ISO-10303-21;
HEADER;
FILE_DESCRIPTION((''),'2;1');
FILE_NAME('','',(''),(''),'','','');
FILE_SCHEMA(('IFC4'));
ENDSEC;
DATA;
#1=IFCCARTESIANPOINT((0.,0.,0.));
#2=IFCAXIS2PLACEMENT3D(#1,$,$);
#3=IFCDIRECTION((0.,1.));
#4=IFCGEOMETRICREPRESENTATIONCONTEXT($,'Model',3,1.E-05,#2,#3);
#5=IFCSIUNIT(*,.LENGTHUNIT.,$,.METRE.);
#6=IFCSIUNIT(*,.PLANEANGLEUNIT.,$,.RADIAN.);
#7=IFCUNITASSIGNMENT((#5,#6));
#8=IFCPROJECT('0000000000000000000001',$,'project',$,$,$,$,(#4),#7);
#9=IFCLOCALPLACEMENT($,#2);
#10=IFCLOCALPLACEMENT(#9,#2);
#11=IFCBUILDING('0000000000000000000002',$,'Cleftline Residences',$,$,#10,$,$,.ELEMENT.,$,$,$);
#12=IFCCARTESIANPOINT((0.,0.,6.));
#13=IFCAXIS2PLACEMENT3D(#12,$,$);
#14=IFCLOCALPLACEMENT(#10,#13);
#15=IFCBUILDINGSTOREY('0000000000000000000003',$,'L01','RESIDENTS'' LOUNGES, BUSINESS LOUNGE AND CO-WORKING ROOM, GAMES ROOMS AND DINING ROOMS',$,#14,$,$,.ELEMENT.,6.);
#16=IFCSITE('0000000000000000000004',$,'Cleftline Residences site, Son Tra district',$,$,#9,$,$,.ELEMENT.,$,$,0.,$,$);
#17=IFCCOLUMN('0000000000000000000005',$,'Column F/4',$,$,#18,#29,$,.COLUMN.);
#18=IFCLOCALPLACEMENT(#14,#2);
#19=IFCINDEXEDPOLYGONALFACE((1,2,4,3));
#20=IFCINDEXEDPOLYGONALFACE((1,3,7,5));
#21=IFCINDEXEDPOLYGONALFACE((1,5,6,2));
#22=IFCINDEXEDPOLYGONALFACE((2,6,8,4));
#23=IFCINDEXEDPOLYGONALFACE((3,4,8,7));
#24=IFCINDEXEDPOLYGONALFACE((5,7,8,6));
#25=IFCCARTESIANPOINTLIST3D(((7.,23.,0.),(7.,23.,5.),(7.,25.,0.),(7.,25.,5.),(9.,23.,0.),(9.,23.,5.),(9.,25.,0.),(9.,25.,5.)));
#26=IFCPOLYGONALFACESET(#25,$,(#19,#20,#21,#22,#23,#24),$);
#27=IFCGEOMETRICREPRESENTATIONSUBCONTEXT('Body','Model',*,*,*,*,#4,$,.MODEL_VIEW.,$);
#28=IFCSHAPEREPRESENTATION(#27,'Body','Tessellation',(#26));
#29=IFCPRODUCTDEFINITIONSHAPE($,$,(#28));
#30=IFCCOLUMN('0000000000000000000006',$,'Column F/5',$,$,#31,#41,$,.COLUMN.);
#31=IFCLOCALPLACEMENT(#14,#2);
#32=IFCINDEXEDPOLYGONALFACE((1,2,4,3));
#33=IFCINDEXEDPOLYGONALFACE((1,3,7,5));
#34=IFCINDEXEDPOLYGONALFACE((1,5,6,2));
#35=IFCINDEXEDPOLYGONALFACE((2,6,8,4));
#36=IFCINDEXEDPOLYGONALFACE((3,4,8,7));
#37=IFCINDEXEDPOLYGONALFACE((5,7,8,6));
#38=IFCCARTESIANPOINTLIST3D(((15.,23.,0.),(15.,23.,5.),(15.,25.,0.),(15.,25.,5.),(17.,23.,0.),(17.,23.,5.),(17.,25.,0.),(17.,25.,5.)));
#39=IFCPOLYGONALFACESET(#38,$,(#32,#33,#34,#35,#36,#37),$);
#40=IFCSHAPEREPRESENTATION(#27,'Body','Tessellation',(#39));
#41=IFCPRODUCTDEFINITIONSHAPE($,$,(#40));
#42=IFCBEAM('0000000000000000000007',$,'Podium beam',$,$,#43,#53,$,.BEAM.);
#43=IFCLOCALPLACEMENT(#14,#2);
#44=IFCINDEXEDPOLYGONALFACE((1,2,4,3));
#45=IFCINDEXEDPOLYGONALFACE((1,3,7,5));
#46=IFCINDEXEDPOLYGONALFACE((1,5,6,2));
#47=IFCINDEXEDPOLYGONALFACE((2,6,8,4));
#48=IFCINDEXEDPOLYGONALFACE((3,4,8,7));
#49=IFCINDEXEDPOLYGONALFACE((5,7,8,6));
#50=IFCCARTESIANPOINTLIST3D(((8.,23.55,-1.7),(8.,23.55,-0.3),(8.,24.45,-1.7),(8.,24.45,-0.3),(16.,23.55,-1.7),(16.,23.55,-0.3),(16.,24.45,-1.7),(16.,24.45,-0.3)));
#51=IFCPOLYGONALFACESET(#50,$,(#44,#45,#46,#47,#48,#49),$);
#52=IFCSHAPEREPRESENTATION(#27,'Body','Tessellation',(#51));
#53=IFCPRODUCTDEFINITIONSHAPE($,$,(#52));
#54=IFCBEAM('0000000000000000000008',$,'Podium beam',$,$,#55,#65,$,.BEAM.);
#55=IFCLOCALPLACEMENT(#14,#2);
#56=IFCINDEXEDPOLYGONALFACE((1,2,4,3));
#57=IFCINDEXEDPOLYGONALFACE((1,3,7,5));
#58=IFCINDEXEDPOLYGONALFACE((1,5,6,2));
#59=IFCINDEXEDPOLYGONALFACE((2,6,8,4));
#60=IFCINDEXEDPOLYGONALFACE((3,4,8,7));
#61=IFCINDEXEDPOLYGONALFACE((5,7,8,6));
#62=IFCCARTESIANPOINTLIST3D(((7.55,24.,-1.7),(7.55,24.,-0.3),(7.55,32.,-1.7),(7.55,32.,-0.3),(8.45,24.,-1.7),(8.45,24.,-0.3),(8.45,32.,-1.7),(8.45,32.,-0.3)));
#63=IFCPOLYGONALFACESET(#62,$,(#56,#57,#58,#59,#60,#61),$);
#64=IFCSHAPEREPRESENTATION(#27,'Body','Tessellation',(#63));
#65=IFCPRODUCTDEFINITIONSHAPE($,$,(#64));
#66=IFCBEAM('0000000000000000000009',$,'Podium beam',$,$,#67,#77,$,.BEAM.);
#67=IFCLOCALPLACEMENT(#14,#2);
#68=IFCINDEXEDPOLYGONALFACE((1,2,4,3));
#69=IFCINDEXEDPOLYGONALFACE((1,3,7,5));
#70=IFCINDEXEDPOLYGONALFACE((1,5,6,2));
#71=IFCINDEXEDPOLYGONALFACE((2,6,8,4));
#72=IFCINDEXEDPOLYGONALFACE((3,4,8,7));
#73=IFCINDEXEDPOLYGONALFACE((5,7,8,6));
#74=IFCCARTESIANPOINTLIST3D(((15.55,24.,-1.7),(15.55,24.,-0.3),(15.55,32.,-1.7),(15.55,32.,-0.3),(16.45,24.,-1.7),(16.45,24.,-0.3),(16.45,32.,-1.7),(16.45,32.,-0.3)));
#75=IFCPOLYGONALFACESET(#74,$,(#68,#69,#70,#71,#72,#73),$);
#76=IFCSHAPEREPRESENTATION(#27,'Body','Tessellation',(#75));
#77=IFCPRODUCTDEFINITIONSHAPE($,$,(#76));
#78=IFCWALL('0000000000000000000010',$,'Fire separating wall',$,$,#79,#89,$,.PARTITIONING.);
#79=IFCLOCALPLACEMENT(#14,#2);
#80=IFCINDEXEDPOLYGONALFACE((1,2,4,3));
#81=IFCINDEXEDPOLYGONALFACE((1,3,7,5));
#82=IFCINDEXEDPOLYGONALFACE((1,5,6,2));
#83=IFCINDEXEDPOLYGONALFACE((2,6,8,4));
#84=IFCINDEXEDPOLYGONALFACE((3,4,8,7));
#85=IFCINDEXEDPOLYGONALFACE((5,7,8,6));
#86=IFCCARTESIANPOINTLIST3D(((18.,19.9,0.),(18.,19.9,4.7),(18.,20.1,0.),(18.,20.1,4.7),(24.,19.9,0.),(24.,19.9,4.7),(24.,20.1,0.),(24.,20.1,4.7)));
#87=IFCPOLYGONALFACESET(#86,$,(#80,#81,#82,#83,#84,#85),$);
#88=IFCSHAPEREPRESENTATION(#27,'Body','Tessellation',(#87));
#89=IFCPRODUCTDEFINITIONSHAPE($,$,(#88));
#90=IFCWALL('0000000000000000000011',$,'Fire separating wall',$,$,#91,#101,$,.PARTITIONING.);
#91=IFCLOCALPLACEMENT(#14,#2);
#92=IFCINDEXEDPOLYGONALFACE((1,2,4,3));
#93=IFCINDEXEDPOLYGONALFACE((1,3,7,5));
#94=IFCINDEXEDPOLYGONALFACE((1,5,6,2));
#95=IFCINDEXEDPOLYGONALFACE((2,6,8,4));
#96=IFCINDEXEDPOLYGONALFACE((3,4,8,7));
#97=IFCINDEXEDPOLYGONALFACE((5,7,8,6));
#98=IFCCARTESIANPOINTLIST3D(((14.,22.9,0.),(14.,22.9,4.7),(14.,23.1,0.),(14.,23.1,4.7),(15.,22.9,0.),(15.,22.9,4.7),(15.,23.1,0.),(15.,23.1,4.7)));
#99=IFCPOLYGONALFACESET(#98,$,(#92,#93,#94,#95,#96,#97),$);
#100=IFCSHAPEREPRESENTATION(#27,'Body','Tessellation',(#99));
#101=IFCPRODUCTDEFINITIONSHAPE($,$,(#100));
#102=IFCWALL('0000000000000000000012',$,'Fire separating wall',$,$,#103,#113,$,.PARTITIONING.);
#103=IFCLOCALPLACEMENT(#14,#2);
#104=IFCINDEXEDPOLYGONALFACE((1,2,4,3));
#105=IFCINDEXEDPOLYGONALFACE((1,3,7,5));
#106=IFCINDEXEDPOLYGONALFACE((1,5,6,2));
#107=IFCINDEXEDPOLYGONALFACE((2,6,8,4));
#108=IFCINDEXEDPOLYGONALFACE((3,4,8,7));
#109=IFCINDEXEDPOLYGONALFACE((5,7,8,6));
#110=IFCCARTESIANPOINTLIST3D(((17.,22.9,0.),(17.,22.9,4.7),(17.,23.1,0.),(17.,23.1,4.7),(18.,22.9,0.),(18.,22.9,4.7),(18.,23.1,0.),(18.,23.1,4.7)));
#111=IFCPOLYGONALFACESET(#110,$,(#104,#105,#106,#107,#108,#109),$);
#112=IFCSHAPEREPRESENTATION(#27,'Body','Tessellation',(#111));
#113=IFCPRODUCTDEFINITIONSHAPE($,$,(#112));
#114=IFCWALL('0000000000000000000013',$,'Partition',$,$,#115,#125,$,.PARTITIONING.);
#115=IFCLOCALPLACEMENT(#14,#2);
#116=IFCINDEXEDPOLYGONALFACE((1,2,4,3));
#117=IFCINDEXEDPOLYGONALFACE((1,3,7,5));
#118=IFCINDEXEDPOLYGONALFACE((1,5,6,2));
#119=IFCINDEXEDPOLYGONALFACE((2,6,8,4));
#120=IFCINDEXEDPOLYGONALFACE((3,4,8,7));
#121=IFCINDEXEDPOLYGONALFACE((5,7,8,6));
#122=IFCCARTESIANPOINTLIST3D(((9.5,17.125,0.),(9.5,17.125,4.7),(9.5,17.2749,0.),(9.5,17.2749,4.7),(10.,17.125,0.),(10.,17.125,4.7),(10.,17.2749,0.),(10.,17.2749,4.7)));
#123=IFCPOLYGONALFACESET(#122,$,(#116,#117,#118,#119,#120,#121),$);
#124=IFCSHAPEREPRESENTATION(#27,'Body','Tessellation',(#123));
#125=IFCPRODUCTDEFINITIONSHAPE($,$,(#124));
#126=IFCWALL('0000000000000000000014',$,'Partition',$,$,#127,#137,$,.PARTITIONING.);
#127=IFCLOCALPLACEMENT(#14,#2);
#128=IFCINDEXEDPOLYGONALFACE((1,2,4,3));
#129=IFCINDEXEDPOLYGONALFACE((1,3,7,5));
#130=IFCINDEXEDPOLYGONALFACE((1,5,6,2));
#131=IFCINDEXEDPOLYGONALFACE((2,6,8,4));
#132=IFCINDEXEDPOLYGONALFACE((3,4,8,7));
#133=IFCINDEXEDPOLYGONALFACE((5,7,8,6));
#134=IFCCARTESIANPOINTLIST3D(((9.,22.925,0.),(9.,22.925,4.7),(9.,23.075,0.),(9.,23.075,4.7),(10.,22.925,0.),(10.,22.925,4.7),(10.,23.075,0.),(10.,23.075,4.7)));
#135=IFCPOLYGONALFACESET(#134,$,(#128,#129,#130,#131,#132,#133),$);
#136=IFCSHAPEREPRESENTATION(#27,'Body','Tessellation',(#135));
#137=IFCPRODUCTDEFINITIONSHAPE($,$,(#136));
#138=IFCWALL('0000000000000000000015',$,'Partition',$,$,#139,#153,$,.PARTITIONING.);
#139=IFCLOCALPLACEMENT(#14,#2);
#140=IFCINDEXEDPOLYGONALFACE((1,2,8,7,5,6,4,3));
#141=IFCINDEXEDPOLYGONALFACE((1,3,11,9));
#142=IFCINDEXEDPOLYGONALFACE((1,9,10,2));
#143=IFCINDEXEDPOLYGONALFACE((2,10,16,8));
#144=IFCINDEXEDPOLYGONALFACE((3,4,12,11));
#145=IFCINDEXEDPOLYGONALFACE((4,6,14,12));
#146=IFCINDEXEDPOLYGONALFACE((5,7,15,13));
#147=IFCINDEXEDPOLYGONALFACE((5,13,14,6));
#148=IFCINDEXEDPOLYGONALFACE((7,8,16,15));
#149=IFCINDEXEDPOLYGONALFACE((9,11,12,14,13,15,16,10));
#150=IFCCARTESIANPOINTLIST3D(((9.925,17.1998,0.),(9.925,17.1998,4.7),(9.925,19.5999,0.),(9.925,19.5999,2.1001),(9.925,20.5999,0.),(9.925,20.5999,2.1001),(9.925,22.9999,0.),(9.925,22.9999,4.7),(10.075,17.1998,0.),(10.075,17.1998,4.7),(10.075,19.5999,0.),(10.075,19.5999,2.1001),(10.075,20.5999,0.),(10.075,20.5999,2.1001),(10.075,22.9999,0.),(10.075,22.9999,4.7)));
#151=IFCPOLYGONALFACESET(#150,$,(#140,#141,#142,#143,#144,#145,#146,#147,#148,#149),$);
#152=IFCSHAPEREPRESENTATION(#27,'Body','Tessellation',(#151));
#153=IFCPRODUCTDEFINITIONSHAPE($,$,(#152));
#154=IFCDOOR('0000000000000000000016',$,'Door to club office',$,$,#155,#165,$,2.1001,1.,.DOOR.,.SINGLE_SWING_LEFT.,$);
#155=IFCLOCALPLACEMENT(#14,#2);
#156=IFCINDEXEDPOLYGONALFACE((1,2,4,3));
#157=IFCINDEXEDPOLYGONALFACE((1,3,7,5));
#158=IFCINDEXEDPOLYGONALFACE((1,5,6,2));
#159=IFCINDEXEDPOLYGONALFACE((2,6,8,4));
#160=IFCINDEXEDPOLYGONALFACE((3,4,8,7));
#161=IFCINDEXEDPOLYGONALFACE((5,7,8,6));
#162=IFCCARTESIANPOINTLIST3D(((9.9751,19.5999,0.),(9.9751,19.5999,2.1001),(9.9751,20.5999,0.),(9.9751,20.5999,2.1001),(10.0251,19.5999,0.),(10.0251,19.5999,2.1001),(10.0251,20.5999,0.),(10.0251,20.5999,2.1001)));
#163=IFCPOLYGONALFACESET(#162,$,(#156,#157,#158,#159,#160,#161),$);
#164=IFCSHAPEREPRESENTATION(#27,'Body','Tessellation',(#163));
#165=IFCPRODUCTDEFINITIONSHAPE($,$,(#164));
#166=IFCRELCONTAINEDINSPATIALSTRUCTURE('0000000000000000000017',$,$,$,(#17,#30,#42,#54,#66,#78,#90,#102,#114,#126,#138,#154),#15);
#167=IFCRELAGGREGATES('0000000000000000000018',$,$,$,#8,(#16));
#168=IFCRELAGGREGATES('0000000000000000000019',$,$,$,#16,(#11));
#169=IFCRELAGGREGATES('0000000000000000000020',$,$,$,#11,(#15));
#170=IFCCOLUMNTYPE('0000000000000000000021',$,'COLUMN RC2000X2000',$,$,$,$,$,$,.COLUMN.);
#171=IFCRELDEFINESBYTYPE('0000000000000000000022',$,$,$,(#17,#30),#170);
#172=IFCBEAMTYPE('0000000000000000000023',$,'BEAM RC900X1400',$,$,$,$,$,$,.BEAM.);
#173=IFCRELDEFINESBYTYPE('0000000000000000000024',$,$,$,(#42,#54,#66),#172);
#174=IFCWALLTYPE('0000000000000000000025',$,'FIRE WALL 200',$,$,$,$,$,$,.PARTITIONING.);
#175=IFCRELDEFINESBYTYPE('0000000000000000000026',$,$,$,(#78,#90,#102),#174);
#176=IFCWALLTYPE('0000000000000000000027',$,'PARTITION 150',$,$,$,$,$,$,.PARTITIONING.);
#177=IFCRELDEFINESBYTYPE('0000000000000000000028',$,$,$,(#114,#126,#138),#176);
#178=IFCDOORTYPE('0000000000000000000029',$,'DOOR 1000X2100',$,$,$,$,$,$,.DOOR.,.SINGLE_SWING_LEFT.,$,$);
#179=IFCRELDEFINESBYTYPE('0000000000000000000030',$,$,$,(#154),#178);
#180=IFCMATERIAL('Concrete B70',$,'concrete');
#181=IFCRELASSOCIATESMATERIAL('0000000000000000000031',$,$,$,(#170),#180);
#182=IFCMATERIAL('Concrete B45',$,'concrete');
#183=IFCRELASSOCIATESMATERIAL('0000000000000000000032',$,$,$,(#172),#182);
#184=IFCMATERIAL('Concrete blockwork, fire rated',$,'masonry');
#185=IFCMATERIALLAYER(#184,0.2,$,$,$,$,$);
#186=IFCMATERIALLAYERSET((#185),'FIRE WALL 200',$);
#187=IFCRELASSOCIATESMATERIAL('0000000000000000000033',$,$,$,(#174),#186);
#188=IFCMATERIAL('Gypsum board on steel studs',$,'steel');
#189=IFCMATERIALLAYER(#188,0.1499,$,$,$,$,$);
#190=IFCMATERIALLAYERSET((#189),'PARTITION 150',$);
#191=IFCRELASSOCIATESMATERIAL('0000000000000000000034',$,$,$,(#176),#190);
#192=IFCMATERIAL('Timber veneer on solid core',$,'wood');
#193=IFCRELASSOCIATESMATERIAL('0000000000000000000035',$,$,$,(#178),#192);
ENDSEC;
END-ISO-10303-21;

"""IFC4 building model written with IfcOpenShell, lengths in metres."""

from ifc_helpers import new_model, si_unit, direction, frame, frame_2d, origin, origin_2d, place, context, subcontext, project, spatial, rectangle, extrude, material, layer, layer_set, material_profile, profile_set, type_object, element, fill, save


model = new_model("IFC4")

# Units and contexts
model_context = context("Model", 3, precision=1e-05, world=origin(), true_north=direction((0.0, 1.0)))
body_context = subcontext(model_context, "Body", "Model", "MODEL_VIEW")
ifc_project = project(units=[si_unit("LENGTHUNIT", "METRE"), si_unit("PLANEANGLEUNIT", "RADIAN")], contexts=[model_context])

# Site, building, storey
site_placement = place(None, origin())
site = spatial("IfcSite", under=ifc_project, at=site_placement, Name="Cleftline Residences site, Son Tra district", CompositionType="ELEMENT", RefElevation=0.0)
building_placement = place(site_placement, origin())
building = spatial("IfcBuilding", under=site, at=building_placement, Name="Cleftline Residences", CompositionType="ELEMENT")
storey_placement = place(building_placement, frame((0.0, 0.0, 6.0)))
storey = spatial("IfcBuildingStorey", under=building, at=storey_placement, Name="L01", Description="RESIDENTS' LOUNGES, BUSINESS LOUNGE AND CO-WORKING ROOM, GAMES ROOMS AND DINING ROOMS", CompositionType="ELEMENT", Elevation=6.0)

# Columns
ifc_material_1 = material(Name="Concrete B70", Category="concrete")
ifc_material_profile_1 = material_profile(ifc_material_1, rectangle(XDim=2.0, YDim=2.0, at=origin_2d()))
ifc_profile_set_1 = profile_set([ifc_material_profile_1], Name="Concrete B70")
column_type = type_object("IfcColumnType", Name="COLUMN RC2000X2000", PredefinedType="COLUMN", material=ifc_profile_set_1)
for number, where, z_axis, x_axis, name in (
    (1, (8.0, 24.0, 0.0), (0.0, 0.0, 1.0), (1.0, 0.0, 0.0), "Column F/4"),
    (2, (16.0, 24.0, 0.0), (0.0, 0.0, 1.0), (1.0, 0.0, 0.0), "Column F/5"),
):
    element("IfcColumn", number, at=place(storey_placement, frame(where, z_axis=z_axis, x_axis=x_axis)), inside=storey, type_object=column_type, Name=name, PredefinedType="COLUMN", context=body_context, shape_type="SweptSolid", body=[
        extrude(rectangle(XDim=2.0, YDim=2.0, at=origin_2d()), origin(), (0.0, 0.0, 1.0), 5.0),
    ])

# Beams
ifc_material_2 = material(Name="Concrete B45", Category="concrete")
ifc_material_profile_2 = material_profile(ifc_material_2, rectangle(XDim=0.8999, YDim=1.3999, at=origin_2d()))
ifc_profile_set_2 = profile_set([ifc_material_profile_2], Name="Concrete B45")
beam_type = type_object("IfcBeamType", Name="BEAM RC900X1400", PredefinedType="BEAM", material=ifc_profile_set_2)
for number, where, z_axis, x_axis, name in (
    (3, (8.0, 24.0, -1.0), (1.0, 0.0, 0.0), (0.0, 1.0, 0.0), "Podium beam"),
    (4, (8.0, 24.0, -1.0), (0.0, 1.0, 0.0), (-1.0, 0.0, 0.0), "Podium beam"),
    (5, (16.0, 24.0, -1.0), (0.0, 1.0, 0.0), (-1.0, 0.0, 0.0), "Podium beam"),
):
    element("IfcBeam", number, at=place(storey_placement, frame(where, z_axis=z_axis, x_axis=x_axis)), inside=storey, type_object=beam_type, Name=name, PredefinedType="BEAM", context=body_context, shape_type="SweptSolid", body=[
        extrude(rectangle(XDim=0.8999, YDim=1.3999, at=origin_2d()), origin(), (0.0, 0.0, 1.0), 8.0),
    ])

# Walls
ifc_material_3 = material(Name="Concrete blockwork, fire rated", Category="masonry")
ifc_layer_1 = layer(ifc_material_3, 0.2)
ifc_layer_set_1 = layer_set([ifc_layer_1], Name="FIRE WALL 200")
wall_type_1 = type_object("IfcWallType", Name="FIRE WALL 200", PredefinedType="PARTITIONING", material=ifc_layer_set_1)
wall_1_placement = place(storey_placement, frame((18.0, 20.0, 0.0), z_axis=(0.0, 0.0, 1.0), x_axis=(1.0, 0.0, 0.0)))
element("IfcWall", 6, at=wall_1_placement, inside=storey, type_object=wall_type_1, Name="Fire separating wall", PredefinedType="PARTITIONING", context=body_context, shape_type="SweptSolid", body=[
    extrude(rectangle(XDim=6.0, YDim=0.2, at=frame_2d((3.0, 0.0))), origin(), (0.0, 0.0, 1.0), 4.7),
])
for number, where, z_axis, x_axis, name in (
    (7, (14.0, 23.0, 0.0), (0.0, 0.0, 1.0), (1.0, 0.0, 0.0), "Fire separating wall"),
    (8, (17.0, 23.0, 0.0), (0.0, 0.0, 1.0), (1.0, 0.0, 0.0), "Fire separating wall"),
):
    element("IfcWall", number, at=place(storey_placement, frame(where, z_axis=z_axis, x_axis=x_axis)), inside=storey, type_object=wall_type_1, Name=name, PredefinedType="PARTITIONING", context=body_context, shape_type="SweptSolid", body=[
        extrude(rectangle(XDim=1.0, YDim=0.2, at=frame_2d((0.5, 0.0))), origin(), (0.0, 0.0, 1.0), 4.7),
    ])
ifc_material_4 = material(Name="Gypsum board on steel studs", Category="steel")
ifc_layer_2 = layer(ifc_material_4, 0.1499)
ifc_layer_set_2 = layer_set([ifc_layer_2], Name="PARTITION 150")
wall_type_2 = type_object("IfcWallType", Name="PARTITION 150", PredefinedType="PARTITIONING", material=ifc_layer_set_2)
wall_2_placement = place(storey_placement, frame((9.5, 17.2, 0.0), z_axis=(0.0, 0.0, 1.0), x_axis=(1.0, 0.0, 0.0)))
element("IfcWall", 9, at=wall_2_placement, inside=storey, type_object=wall_type_2, Name="Partition", PredefinedType="PARTITIONING", context=body_context, shape_type="SweptSolid", body=[
    extrude(rectangle(XDim=0.5, YDim=0.1499, at=frame_2d((0.25, 0.0))), origin(), (0.0, 0.0, 1.0), 4.7),
])
wall_3_placement = place(storey_placement, frame((9.0, 23.0, 0.0), z_axis=(0.0, 0.0, 1.0), x_axis=(1.0, 0.0, 0.0)))
element("IfcWall", 10, at=wall_3_placement, inside=storey, type_object=wall_type_2, Name="Partition", PredefinedType="PARTITIONING", context=body_context, shape_type="SweptSolid", body=[
    extrude(rectangle(XDim=1.0, YDim=0.1499, at=frame_2d((0.5, 0.0))), origin(), (0.0, 0.0, 1.0), 4.7),
])

# Wall, opening, door
wall_4_placement = place(storey_placement, frame((10.0, 17.2, 0.0), z_axis=(0.0, 0.0, 1.0), x_axis=(0.0, 1.0, 0.0)))
wall_4 = element("IfcWall", 11, at=wall_4_placement, inside=storey, type_object=wall_type_2, Name="Partition", PredefinedType="PARTITIONING", context=body_context, shape_type="SweptSolid", body=[
    extrude(rectangle(XDim=5.8, YDim=0.1499, at=frame_2d((2.8999, 0.0))), origin(), (0.0, 0.0, 1.0), 4.7),
])
opening_1_placement = place(wall_4_placement, frame((2.3999, 0.0, 0.0)))
opening_1 = element("IfcOpeningElement", 12, at=opening_1_placement, cuts=wall_4, PredefinedType="OPENING", context=body_context, shape_type="SweptSolid", body=[
    extrude(rectangle(XDim=1.0, YDim=2.1001, at=frame_2d((0.5, 1.05))), frame((0.0, 0.085, 0.0), z_axis=(0.0, -1.0, 0.0), x_axis=(1.0, 0.0, 0.0)), (0.0, 0.0, 1.0), 0.1699),
])
ifc_material_5 = material(Name="Timber veneer on solid core", Category="wood")
door_type_1 = type_object("IfcDoorType", Name="DOOR 1000X2100", OperationType="SINGLE_SWING_LEFT", PredefinedType="DOOR", material=ifc_material_5)
door_1_placement = place(opening_1_placement, origin())
door_1 = element("IfcDoor", 13, at=door_1_placement, inside=storey, type_object=door_type_1, Name="Door to club office", OperationType="SINGLE_SWING_LEFT", OverallHeight=2.1001, OverallWidth=1.0, PredefinedType="DOOR", context=body_context, shape_type="SweptSolid", body=[
    extrude(rectangle(XDim=1.0, YDim=2.1001, at=frame_2d((0.5, 1.05))), frame((0.0, 0.0249, 0.0), z_axis=(0.0, -1.0, 0.0), x_axis=(1.0, 0.0, 0.0)), (0.0, 0.0, 1.0), 0.05),
])
fill(opening_1, door_1)

save(model, "model.ifc")
